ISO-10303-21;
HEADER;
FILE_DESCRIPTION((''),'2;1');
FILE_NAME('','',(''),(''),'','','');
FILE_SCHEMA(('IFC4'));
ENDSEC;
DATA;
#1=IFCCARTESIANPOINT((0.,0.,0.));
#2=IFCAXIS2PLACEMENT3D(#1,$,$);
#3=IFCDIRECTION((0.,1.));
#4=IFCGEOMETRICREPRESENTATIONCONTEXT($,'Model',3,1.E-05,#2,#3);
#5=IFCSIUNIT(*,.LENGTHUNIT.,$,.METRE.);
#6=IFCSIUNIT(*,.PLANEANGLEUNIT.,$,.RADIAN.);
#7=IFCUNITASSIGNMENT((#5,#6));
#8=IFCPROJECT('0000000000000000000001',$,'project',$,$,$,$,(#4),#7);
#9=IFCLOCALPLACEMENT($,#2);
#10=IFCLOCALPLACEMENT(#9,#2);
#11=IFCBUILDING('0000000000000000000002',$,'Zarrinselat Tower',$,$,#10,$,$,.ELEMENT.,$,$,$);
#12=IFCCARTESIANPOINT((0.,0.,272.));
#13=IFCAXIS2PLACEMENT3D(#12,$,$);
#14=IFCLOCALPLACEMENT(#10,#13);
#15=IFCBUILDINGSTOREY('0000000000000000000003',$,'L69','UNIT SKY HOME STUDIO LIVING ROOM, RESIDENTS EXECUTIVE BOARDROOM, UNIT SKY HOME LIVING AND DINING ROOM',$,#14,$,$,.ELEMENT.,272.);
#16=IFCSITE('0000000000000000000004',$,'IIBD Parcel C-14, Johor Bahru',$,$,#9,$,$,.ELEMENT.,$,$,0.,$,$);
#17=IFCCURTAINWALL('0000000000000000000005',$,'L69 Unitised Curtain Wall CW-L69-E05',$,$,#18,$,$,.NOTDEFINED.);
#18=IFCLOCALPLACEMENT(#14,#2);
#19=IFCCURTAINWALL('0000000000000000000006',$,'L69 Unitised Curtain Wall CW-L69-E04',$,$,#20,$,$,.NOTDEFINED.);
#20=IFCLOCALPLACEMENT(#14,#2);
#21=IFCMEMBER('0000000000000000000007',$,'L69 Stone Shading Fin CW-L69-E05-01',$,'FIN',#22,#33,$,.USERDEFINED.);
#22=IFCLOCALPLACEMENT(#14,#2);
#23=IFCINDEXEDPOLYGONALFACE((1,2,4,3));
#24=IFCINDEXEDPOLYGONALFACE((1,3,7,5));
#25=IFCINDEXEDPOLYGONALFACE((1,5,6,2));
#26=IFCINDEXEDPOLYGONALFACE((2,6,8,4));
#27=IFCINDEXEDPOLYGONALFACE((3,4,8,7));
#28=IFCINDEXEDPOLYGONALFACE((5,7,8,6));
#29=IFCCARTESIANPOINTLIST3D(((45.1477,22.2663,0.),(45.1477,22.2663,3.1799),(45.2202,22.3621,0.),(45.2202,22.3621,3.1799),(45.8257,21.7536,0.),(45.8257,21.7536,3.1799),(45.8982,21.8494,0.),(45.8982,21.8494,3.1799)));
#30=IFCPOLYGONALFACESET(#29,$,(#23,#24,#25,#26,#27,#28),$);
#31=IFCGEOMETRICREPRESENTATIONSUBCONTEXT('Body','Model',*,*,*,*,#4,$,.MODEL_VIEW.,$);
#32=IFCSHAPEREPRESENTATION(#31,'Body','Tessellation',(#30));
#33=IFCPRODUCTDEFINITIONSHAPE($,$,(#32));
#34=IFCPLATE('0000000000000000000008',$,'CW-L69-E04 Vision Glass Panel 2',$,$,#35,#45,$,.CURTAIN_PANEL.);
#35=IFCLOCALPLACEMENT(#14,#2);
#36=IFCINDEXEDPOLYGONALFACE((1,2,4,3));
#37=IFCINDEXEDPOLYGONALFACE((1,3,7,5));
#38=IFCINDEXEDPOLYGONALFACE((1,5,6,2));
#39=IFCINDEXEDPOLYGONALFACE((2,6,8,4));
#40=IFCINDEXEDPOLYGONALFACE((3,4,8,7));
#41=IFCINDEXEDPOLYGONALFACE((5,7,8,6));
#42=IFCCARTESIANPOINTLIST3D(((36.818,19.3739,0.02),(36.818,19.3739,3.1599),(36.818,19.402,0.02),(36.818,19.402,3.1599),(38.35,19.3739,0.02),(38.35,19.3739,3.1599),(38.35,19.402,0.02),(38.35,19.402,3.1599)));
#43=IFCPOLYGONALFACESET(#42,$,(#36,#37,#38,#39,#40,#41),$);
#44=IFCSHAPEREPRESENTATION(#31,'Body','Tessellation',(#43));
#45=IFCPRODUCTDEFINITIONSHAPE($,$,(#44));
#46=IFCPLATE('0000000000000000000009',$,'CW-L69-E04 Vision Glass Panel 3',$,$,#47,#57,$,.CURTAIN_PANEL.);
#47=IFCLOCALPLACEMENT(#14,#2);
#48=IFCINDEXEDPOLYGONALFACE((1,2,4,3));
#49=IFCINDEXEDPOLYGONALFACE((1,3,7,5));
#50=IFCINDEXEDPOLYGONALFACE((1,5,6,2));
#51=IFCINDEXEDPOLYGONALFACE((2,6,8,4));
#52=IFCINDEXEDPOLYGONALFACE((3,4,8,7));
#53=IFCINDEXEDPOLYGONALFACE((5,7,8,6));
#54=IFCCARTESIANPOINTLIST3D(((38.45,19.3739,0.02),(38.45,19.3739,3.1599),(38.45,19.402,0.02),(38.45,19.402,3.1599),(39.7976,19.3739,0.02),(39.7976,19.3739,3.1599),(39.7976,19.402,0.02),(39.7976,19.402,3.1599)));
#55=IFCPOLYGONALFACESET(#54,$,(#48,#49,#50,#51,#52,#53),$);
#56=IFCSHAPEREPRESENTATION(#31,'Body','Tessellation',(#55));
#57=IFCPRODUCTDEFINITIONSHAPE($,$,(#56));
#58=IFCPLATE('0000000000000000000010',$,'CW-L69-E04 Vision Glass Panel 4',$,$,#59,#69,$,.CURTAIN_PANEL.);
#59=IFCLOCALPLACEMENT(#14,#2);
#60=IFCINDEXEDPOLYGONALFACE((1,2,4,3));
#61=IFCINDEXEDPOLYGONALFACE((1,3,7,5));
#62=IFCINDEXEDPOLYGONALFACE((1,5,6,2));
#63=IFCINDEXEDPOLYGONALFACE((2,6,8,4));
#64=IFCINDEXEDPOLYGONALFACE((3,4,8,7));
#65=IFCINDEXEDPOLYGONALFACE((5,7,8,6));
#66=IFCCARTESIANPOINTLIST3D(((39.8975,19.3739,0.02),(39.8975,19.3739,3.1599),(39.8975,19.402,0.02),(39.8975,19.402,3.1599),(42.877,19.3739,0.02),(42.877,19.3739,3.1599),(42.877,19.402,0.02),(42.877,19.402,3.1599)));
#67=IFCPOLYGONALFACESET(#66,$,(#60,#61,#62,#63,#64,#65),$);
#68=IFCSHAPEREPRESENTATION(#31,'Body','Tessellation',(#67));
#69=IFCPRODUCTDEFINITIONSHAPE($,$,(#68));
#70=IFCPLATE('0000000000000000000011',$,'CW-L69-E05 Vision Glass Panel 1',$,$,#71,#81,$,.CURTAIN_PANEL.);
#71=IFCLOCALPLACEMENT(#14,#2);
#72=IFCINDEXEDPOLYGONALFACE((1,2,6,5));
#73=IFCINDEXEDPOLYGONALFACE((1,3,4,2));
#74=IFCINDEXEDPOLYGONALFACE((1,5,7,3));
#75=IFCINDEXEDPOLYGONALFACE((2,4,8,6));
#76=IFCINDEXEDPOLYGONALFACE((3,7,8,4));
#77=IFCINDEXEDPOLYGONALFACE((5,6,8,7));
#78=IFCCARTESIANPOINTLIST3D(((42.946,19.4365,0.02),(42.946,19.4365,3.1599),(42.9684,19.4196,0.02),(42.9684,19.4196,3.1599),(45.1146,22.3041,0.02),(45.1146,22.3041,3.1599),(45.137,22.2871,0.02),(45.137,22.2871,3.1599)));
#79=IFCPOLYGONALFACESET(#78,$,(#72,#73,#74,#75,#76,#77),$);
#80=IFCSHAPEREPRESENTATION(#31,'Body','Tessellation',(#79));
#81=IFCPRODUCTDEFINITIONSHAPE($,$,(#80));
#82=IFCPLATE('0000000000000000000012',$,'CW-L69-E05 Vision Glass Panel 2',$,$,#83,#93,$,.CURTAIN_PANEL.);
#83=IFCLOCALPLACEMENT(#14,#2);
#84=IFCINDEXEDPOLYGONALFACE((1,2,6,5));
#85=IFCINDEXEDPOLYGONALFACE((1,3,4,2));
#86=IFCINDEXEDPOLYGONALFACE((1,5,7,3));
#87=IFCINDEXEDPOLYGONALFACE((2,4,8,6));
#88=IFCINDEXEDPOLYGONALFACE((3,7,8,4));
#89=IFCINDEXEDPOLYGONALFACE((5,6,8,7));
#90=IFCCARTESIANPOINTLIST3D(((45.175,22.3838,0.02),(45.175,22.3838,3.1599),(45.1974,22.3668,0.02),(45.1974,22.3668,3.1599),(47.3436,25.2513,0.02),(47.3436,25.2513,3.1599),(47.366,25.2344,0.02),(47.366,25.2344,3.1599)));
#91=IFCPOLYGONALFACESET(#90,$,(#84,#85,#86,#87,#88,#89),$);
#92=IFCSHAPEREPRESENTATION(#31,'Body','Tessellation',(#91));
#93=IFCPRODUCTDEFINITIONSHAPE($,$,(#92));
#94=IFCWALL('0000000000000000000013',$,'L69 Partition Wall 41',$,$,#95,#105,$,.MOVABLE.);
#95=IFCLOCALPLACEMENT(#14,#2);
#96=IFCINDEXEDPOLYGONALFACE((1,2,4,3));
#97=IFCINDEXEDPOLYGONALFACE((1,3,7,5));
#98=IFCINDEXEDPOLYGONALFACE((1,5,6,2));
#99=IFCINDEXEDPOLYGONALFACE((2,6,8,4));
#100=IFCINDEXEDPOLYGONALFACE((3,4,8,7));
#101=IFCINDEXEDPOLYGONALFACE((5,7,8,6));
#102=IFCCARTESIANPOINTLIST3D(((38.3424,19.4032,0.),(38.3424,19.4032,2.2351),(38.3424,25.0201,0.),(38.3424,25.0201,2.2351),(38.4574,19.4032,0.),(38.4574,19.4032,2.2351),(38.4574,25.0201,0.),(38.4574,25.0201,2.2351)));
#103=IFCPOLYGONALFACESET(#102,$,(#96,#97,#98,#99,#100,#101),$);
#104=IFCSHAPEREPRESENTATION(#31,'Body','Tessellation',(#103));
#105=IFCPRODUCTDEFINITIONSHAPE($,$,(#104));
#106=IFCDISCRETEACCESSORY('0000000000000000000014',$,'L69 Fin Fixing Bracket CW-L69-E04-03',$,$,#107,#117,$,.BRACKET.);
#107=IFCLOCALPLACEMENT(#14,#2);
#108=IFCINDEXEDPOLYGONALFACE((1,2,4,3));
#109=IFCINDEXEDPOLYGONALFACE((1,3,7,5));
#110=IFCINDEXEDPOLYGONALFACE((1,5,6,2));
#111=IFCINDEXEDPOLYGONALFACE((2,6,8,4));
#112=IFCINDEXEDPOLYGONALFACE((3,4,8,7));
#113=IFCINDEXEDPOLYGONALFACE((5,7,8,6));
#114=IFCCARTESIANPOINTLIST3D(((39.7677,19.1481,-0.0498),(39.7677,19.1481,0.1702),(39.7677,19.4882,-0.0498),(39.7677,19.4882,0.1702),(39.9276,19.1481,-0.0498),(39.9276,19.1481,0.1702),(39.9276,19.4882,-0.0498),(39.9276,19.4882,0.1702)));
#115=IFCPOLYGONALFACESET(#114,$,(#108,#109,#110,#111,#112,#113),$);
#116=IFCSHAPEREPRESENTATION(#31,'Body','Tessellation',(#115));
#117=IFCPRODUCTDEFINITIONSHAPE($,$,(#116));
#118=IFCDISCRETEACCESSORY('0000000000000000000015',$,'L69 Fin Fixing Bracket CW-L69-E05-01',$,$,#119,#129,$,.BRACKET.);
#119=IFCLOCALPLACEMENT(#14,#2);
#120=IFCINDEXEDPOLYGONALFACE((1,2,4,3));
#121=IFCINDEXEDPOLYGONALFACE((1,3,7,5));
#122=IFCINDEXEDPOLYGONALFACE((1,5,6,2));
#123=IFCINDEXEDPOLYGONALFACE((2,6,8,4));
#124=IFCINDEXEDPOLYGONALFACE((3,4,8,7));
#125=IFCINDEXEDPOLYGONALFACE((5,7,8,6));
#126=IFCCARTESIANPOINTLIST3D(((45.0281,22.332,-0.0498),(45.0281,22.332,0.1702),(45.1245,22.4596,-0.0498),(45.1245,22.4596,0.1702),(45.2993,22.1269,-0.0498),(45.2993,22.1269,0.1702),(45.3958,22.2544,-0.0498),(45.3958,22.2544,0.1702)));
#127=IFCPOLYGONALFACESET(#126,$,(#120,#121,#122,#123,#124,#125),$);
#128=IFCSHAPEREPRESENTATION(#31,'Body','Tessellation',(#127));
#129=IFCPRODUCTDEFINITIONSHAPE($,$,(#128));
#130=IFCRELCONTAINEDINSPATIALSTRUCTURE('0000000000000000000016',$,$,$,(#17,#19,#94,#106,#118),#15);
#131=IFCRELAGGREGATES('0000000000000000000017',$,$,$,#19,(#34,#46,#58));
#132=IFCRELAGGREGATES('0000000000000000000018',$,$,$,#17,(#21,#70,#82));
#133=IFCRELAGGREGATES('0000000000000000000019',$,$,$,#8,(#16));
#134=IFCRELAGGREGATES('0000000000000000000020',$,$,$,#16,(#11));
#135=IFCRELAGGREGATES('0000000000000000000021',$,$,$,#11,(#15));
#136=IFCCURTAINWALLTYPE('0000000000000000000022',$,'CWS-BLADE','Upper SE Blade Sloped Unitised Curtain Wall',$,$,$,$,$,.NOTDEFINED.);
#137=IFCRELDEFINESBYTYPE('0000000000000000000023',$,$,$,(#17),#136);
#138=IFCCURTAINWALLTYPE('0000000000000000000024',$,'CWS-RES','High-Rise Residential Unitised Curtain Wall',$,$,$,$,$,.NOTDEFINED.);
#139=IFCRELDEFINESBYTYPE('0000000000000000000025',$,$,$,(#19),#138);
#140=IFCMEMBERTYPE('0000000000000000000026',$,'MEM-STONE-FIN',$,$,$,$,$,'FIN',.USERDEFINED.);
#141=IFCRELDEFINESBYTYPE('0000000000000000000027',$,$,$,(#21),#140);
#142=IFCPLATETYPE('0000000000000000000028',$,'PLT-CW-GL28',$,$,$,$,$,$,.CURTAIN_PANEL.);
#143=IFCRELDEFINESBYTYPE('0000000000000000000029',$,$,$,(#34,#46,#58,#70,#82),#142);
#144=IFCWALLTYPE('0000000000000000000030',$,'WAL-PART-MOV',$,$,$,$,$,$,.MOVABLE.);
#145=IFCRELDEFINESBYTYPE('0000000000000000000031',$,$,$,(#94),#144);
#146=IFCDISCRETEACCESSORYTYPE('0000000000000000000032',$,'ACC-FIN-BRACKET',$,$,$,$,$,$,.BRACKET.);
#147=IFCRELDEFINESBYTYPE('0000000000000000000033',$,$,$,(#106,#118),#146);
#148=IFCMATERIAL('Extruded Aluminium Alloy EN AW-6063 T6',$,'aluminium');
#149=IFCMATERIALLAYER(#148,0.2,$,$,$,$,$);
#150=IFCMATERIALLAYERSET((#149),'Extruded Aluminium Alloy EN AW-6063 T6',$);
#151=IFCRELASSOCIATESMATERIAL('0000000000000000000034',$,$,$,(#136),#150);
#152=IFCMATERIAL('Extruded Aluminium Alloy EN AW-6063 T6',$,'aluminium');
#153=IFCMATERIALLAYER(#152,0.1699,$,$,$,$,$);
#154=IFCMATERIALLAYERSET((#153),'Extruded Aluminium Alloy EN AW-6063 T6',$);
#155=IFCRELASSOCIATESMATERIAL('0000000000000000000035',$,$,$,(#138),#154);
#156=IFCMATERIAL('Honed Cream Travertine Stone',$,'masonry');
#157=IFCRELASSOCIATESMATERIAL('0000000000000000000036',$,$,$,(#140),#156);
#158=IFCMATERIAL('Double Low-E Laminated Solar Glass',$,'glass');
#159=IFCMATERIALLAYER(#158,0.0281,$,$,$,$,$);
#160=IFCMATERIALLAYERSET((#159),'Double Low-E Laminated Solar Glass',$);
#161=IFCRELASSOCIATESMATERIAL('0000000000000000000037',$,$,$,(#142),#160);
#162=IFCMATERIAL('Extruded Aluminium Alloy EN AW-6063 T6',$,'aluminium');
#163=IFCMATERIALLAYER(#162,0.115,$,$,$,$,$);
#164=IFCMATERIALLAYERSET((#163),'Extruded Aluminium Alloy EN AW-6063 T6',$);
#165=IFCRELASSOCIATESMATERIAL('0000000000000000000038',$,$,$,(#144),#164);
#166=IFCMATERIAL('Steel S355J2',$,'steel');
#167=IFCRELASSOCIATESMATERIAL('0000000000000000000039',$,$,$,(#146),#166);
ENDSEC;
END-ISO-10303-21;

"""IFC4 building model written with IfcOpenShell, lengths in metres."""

from ifc_helpers import new_model, si_unit, direction, frame, frame_2d, origin, origin_2d, place, context, subcontext, project, spatial, rectangle, extrude, material, layer, layer_set, material_profile, profile_set, type_object, element, aggregate, save


model = new_model("IFC4")

# Units and contexts
model_context = context("Model", 3, precision=1e-05, world=origin(), true_north=direction((0.0, 1.0)))
body_context = subcontext(model_context, "Body", "Model", "MODEL_VIEW")
ifc_project = project(units=[si_unit("LENGTHUNIT", "METRE"), si_unit("PLANEANGLEUNIT", "RADIAN")], contexts=[model_context])

# Site, building, storey
site_placement = place(None, origin())
site = spatial("IfcSite", under=ifc_project, at=site_placement, Name="IIBD Parcel C-14, Johor Bahru", CompositionType="ELEMENT", RefElevation=0.0)
building_placement = place(site_placement, origin())
building = spatial("IfcBuilding", under=site, at=building_placement, Name="Zarrinselat Tower", CompositionType="ELEMENT")
storey_placement = place(building_placement, frame((0.0, 0.0, 272.0)))
storey = spatial("IfcBuildingStorey", under=building, at=storey_placement, Name="L69", Description="UNIT SKY HOME STUDIO LIVING ROOM, RESIDENTS EXECUTIVE BOARDROOM, UNIT SKY HOME LIVING AND DINING ROOM", CompositionType="ELEMENT", Elevation=272.0)

# Curtain wall
ifc_material_1 = material(Name="Extruded Aluminium Alloy EN AW-6063 T6", Category="aluminium")
ifc_layer_1 = layer(ifc_material_1, 0.2)
ifc_layer_set_1 = layer_set([ifc_layer_1], Name="Extruded Aluminium Alloy EN AW-6063 T6")
curtain_wall_type_1 = type_object("IfcCurtainWallType", Name="CWS-BLADE", Description="Upper SE Blade Sloped Unitised Curtain Wall", PredefinedType="NOTDEFINED", material=ifc_layer_set_1)
curtain_wall_1_placement = place(storey_placement, origin())
curtain_wall_1 = element("IfcCurtainWall", 1, at=curtain_wall_1_placement, inside=storey, type_object=curtain_wall_type_1, Name="L69 Unitised Curtain Wall CW-L69-E05", PredefinedType="NOTDEFINED")

# Curtain wall
ifc_material_2 = material(Name="Extruded Aluminium Alloy EN AW-6063 T6", Category="aluminium")
ifc_layer_2 = layer(ifc_material_2, 0.1699)
ifc_layer_set_2 = layer_set([ifc_layer_2], Name="Extruded Aluminium Alloy EN AW-6063 T6")
curtain_wall_type_2 = type_object("IfcCurtainWallType", Name="CWS-RES", Description="High-Rise Residential Unitised Curtain Wall", PredefinedType="NOTDEFINED", material=ifc_layer_set_2)
curtain_wall_2_placement = place(storey_placement, origin())
curtain_wall_2 = element("IfcCurtainWall", 2, at=curtain_wall_2_placement, inside=storey, type_object=curtain_wall_type_2, Name="L69 Unitised Curtain Wall CW-L69-E04", PredefinedType="NOTDEFINED")

# Member
ifc_material_3 = material(Name="Honed Cream Travertine Stone", Category="masonry")
ifc_material_profile_1 = material_profile(ifc_material_3, rectangle(XDim=0.1201, YDim=0.8501, at=origin_2d()), Name="FIN 850x120")
ifc_profile_set_1 = profile_set([ifc_material_profile_1], Name="Honed Cream Travertine Stone")
member_type_1 = type_object("IfcMemberType", Name="MEM-STONE-FIN", ElementType="FIN", PredefinedType="USERDEFINED", material=ifc_profile_set_1)
member_1_placement = place(storey_placement, frame((45.5229, 22.0579, 0.0), z_axis=(0.0, 0.0, 1.0), x_axis=(-0.60317, -0.797613, 0.0)))
member_1 = element("IfcMember", 3, at=member_1_placement, type_object=member_type_1, Name="L69 Stone Shading Fin CW-L69-E05-01", ObjectType="FIN", PredefinedType="USERDEFINED", context=body_context, shape_type="SweptSolid", body=[
    extrude(rectangle(XDim=0.1201, YDim=0.8501, at=origin_2d()), origin(), (0.0, 0.0, 1.0), 3.1799),
])

# Plates
ifc_material_4 = material(Name="Double Low-E Laminated Solar Glass", Category="glass")
ifc_layer_3 = layer(ifc_material_4, 0.0281)
ifc_layer_set_3 = layer_set([ifc_layer_3], Name="Double Low-E Laminated Solar Glass")
plate_type = type_object("IfcPlateType", Name="PLT-CW-GL28", PredefinedType="CURTAIN_PANEL", material=ifc_layer_set_3)
plate_1_placement = place(storey_placement, frame((37.584, 19.3879, 0.02), z_axis=(0.0, 0.0, 1.0), x_axis=(1.0, 0.0, 0.0)))
plate_1 = element("IfcPlate", 4, at=plate_1_placement, type_object=plate_type, Name="CW-L69-E04 Vision Glass Panel 2", PredefinedType="CURTAIN_PANEL", context=body_context, shape_type="SweptSolid", body=[
    extrude(rectangle(XDim=1.532, YDim=0.0281, at=origin_2d()), origin(), (0.0, 0.0, 1.0), 3.1399),
])
plate_2_placement = place(storey_placement, frame((39.1238, 19.3879, 0.02), z_axis=(0.0, 0.0, 1.0), x_axis=(1.0, 0.0, 0.0)))
plate_2 = element("IfcPlate", 5, at=plate_2_placement, type_object=plate_type, Name="CW-L69-E04 Vision Glass Panel 3", PredefinedType="CURTAIN_PANEL", context=body_context, shape_type="SweptSolid", body=[
    extrude(rectangle(XDim=1.3477, YDim=0.0281, at=origin_2d()), origin(), (0.0, 0.0, 1.0), 3.1399),
])
plate_3_placement = place(storey_placement, frame((41.3872, 19.3879, 0.02), z_axis=(0.0, 0.0, 1.0), x_axis=(1.0, 0.0, 0.0)))
plate_3 = element("IfcPlate", 6, at=plate_3_placement, type_object=plate_type, Name="CW-L69-E04 Vision Glass Panel 4", PredefinedType="CURTAIN_PANEL", context=body_context, shape_type="SweptSolid", body=[
    extrude(rectangle(XDim=2.9795, YDim=0.0281, at=origin_2d()), origin(), (0.0, 0.0, 1.0), 3.1399),
])
aggregate(curtain_wall_2, [plate_1, plate_2, plate_3])
plate_4_placement = place(storey_placement, frame((44.0415, 20.8618, 0.02), z_axis=(0.0, 0.0, 1.0), x_axis=(0.60317, 0.797613, 0.0)))
plate_4 = element("IfcPlate", 7, at=plate_4_placement, type_object=plate_type, Name="CW-L69-E05 Vision Glass Panel 1", PredefinedType="CURTAIN_PANEL", context=body_context, shape_type="SweptSolid", body=[
    extrude(rectangle(XDim=3.5952, YDim=0.0281, at=origin_2d()), origin(), (0.0, 0.0, 1.0), 3.1399),
])
plate_5_placement = place(storey_placement, frame((46.2705, 23.8091, 0.02), z_axis=(0.0, 0.0, 1.0), x_axis=(0.60317, 0.797613, 0.0)))
plate_5 = element("IfcPlate", 8, at=plate_5_placement, type_object=plate_type, Name="CW-L69-E05 Vision Glass Panel 2", PredefinedType="CURTAIN_PANEL", context=body_context, shape_type="SweptSolid", body=[
    extrude(rectangle(XDim=3.5952, YDim=0.0281, at=origin_2d()), origin(), (0.0, 0.0, 1.0), 3.1399),
])
aggregate(curtain_wall_1, [member_1, plate_4, plate_5])

# Wall
ifc_material_5 = material(Name="Extruded Aluminium Alloy EN AW-6063 T6", Category="aluminium")
ifc_layer_4 = layer(ifc_material_5, 0.115)
ifc_layer_set_4 = layer_set([ifc_layer_4], Name="Extruded Aluminium Alloy EN AW-6063 T6")
wall_type = type_object("IfcWallType", Name="WAL-PART-MOV", PredefinedType="MOVABLE", material=ifc_layer_set_4)
wall_placement = place(storey_placement, frame((38.3999, 19.4031, 0.0), z_axis=(0.0, 0.0, 1.0), x_axis=(0.0, 1.0, 0.0)))
element("IfcWall", 9, at=wall_placement, inside=storey, type_object=wall_type, Name="L69 Partition Wall 41", PredefinedType="MOVABLE", context=body_context, shape_type="SweptSolid", body=[
    extrude(rectangle(XDim=5.6169, YDim=0.115, at=frame_2d((2.8086, 0.0))), origin(), (0.0, 0.0, 1.0), 2.2351),
])

# Discrete accessories
ifc_material_6 = material(Name="Steel S355J2", Category="steel")
discrete_accessory_type = type_object("IfcDiscreteAccessoryType", Name="ACC-FIN-BRACKET", PredefinedType="BRACKET", material=ifc_material_6)
for number, where, z_axis, x_axis, name in (
    (10, (39.8477, 19.3181, -0.0498), (0.0, 0.0, 1.0), (0.0, -1.0, 0.0), "L69 Fin Fixing Bracket CW-L69-E04-03"),
    (11, (45.2119, 22.2932, -0.0498), (0.0, 0.0, 1.0), (0.797613, -0.60317, 0.0), "L69 Fin Fixing Bracket CW-L69-E05-01"),
):
    element("IfcDiscreteAccessory", number, at=place(storey_placement, frame(where, z_axis=z_axis, x_axis=x_axis)), inside=storey, type_object=discrete_accessory_type, Name=name, PredefinedType="BRACKET", context=body_context, shape_type="SweptSolid", body=[
        extrude(rectangle(XDim=0.3401, YDim=0.1599, at=origin_2d()), origin(), (0.0, 0.0, 1.0), 0.22),
    ])

save(model, "model.ifc")
